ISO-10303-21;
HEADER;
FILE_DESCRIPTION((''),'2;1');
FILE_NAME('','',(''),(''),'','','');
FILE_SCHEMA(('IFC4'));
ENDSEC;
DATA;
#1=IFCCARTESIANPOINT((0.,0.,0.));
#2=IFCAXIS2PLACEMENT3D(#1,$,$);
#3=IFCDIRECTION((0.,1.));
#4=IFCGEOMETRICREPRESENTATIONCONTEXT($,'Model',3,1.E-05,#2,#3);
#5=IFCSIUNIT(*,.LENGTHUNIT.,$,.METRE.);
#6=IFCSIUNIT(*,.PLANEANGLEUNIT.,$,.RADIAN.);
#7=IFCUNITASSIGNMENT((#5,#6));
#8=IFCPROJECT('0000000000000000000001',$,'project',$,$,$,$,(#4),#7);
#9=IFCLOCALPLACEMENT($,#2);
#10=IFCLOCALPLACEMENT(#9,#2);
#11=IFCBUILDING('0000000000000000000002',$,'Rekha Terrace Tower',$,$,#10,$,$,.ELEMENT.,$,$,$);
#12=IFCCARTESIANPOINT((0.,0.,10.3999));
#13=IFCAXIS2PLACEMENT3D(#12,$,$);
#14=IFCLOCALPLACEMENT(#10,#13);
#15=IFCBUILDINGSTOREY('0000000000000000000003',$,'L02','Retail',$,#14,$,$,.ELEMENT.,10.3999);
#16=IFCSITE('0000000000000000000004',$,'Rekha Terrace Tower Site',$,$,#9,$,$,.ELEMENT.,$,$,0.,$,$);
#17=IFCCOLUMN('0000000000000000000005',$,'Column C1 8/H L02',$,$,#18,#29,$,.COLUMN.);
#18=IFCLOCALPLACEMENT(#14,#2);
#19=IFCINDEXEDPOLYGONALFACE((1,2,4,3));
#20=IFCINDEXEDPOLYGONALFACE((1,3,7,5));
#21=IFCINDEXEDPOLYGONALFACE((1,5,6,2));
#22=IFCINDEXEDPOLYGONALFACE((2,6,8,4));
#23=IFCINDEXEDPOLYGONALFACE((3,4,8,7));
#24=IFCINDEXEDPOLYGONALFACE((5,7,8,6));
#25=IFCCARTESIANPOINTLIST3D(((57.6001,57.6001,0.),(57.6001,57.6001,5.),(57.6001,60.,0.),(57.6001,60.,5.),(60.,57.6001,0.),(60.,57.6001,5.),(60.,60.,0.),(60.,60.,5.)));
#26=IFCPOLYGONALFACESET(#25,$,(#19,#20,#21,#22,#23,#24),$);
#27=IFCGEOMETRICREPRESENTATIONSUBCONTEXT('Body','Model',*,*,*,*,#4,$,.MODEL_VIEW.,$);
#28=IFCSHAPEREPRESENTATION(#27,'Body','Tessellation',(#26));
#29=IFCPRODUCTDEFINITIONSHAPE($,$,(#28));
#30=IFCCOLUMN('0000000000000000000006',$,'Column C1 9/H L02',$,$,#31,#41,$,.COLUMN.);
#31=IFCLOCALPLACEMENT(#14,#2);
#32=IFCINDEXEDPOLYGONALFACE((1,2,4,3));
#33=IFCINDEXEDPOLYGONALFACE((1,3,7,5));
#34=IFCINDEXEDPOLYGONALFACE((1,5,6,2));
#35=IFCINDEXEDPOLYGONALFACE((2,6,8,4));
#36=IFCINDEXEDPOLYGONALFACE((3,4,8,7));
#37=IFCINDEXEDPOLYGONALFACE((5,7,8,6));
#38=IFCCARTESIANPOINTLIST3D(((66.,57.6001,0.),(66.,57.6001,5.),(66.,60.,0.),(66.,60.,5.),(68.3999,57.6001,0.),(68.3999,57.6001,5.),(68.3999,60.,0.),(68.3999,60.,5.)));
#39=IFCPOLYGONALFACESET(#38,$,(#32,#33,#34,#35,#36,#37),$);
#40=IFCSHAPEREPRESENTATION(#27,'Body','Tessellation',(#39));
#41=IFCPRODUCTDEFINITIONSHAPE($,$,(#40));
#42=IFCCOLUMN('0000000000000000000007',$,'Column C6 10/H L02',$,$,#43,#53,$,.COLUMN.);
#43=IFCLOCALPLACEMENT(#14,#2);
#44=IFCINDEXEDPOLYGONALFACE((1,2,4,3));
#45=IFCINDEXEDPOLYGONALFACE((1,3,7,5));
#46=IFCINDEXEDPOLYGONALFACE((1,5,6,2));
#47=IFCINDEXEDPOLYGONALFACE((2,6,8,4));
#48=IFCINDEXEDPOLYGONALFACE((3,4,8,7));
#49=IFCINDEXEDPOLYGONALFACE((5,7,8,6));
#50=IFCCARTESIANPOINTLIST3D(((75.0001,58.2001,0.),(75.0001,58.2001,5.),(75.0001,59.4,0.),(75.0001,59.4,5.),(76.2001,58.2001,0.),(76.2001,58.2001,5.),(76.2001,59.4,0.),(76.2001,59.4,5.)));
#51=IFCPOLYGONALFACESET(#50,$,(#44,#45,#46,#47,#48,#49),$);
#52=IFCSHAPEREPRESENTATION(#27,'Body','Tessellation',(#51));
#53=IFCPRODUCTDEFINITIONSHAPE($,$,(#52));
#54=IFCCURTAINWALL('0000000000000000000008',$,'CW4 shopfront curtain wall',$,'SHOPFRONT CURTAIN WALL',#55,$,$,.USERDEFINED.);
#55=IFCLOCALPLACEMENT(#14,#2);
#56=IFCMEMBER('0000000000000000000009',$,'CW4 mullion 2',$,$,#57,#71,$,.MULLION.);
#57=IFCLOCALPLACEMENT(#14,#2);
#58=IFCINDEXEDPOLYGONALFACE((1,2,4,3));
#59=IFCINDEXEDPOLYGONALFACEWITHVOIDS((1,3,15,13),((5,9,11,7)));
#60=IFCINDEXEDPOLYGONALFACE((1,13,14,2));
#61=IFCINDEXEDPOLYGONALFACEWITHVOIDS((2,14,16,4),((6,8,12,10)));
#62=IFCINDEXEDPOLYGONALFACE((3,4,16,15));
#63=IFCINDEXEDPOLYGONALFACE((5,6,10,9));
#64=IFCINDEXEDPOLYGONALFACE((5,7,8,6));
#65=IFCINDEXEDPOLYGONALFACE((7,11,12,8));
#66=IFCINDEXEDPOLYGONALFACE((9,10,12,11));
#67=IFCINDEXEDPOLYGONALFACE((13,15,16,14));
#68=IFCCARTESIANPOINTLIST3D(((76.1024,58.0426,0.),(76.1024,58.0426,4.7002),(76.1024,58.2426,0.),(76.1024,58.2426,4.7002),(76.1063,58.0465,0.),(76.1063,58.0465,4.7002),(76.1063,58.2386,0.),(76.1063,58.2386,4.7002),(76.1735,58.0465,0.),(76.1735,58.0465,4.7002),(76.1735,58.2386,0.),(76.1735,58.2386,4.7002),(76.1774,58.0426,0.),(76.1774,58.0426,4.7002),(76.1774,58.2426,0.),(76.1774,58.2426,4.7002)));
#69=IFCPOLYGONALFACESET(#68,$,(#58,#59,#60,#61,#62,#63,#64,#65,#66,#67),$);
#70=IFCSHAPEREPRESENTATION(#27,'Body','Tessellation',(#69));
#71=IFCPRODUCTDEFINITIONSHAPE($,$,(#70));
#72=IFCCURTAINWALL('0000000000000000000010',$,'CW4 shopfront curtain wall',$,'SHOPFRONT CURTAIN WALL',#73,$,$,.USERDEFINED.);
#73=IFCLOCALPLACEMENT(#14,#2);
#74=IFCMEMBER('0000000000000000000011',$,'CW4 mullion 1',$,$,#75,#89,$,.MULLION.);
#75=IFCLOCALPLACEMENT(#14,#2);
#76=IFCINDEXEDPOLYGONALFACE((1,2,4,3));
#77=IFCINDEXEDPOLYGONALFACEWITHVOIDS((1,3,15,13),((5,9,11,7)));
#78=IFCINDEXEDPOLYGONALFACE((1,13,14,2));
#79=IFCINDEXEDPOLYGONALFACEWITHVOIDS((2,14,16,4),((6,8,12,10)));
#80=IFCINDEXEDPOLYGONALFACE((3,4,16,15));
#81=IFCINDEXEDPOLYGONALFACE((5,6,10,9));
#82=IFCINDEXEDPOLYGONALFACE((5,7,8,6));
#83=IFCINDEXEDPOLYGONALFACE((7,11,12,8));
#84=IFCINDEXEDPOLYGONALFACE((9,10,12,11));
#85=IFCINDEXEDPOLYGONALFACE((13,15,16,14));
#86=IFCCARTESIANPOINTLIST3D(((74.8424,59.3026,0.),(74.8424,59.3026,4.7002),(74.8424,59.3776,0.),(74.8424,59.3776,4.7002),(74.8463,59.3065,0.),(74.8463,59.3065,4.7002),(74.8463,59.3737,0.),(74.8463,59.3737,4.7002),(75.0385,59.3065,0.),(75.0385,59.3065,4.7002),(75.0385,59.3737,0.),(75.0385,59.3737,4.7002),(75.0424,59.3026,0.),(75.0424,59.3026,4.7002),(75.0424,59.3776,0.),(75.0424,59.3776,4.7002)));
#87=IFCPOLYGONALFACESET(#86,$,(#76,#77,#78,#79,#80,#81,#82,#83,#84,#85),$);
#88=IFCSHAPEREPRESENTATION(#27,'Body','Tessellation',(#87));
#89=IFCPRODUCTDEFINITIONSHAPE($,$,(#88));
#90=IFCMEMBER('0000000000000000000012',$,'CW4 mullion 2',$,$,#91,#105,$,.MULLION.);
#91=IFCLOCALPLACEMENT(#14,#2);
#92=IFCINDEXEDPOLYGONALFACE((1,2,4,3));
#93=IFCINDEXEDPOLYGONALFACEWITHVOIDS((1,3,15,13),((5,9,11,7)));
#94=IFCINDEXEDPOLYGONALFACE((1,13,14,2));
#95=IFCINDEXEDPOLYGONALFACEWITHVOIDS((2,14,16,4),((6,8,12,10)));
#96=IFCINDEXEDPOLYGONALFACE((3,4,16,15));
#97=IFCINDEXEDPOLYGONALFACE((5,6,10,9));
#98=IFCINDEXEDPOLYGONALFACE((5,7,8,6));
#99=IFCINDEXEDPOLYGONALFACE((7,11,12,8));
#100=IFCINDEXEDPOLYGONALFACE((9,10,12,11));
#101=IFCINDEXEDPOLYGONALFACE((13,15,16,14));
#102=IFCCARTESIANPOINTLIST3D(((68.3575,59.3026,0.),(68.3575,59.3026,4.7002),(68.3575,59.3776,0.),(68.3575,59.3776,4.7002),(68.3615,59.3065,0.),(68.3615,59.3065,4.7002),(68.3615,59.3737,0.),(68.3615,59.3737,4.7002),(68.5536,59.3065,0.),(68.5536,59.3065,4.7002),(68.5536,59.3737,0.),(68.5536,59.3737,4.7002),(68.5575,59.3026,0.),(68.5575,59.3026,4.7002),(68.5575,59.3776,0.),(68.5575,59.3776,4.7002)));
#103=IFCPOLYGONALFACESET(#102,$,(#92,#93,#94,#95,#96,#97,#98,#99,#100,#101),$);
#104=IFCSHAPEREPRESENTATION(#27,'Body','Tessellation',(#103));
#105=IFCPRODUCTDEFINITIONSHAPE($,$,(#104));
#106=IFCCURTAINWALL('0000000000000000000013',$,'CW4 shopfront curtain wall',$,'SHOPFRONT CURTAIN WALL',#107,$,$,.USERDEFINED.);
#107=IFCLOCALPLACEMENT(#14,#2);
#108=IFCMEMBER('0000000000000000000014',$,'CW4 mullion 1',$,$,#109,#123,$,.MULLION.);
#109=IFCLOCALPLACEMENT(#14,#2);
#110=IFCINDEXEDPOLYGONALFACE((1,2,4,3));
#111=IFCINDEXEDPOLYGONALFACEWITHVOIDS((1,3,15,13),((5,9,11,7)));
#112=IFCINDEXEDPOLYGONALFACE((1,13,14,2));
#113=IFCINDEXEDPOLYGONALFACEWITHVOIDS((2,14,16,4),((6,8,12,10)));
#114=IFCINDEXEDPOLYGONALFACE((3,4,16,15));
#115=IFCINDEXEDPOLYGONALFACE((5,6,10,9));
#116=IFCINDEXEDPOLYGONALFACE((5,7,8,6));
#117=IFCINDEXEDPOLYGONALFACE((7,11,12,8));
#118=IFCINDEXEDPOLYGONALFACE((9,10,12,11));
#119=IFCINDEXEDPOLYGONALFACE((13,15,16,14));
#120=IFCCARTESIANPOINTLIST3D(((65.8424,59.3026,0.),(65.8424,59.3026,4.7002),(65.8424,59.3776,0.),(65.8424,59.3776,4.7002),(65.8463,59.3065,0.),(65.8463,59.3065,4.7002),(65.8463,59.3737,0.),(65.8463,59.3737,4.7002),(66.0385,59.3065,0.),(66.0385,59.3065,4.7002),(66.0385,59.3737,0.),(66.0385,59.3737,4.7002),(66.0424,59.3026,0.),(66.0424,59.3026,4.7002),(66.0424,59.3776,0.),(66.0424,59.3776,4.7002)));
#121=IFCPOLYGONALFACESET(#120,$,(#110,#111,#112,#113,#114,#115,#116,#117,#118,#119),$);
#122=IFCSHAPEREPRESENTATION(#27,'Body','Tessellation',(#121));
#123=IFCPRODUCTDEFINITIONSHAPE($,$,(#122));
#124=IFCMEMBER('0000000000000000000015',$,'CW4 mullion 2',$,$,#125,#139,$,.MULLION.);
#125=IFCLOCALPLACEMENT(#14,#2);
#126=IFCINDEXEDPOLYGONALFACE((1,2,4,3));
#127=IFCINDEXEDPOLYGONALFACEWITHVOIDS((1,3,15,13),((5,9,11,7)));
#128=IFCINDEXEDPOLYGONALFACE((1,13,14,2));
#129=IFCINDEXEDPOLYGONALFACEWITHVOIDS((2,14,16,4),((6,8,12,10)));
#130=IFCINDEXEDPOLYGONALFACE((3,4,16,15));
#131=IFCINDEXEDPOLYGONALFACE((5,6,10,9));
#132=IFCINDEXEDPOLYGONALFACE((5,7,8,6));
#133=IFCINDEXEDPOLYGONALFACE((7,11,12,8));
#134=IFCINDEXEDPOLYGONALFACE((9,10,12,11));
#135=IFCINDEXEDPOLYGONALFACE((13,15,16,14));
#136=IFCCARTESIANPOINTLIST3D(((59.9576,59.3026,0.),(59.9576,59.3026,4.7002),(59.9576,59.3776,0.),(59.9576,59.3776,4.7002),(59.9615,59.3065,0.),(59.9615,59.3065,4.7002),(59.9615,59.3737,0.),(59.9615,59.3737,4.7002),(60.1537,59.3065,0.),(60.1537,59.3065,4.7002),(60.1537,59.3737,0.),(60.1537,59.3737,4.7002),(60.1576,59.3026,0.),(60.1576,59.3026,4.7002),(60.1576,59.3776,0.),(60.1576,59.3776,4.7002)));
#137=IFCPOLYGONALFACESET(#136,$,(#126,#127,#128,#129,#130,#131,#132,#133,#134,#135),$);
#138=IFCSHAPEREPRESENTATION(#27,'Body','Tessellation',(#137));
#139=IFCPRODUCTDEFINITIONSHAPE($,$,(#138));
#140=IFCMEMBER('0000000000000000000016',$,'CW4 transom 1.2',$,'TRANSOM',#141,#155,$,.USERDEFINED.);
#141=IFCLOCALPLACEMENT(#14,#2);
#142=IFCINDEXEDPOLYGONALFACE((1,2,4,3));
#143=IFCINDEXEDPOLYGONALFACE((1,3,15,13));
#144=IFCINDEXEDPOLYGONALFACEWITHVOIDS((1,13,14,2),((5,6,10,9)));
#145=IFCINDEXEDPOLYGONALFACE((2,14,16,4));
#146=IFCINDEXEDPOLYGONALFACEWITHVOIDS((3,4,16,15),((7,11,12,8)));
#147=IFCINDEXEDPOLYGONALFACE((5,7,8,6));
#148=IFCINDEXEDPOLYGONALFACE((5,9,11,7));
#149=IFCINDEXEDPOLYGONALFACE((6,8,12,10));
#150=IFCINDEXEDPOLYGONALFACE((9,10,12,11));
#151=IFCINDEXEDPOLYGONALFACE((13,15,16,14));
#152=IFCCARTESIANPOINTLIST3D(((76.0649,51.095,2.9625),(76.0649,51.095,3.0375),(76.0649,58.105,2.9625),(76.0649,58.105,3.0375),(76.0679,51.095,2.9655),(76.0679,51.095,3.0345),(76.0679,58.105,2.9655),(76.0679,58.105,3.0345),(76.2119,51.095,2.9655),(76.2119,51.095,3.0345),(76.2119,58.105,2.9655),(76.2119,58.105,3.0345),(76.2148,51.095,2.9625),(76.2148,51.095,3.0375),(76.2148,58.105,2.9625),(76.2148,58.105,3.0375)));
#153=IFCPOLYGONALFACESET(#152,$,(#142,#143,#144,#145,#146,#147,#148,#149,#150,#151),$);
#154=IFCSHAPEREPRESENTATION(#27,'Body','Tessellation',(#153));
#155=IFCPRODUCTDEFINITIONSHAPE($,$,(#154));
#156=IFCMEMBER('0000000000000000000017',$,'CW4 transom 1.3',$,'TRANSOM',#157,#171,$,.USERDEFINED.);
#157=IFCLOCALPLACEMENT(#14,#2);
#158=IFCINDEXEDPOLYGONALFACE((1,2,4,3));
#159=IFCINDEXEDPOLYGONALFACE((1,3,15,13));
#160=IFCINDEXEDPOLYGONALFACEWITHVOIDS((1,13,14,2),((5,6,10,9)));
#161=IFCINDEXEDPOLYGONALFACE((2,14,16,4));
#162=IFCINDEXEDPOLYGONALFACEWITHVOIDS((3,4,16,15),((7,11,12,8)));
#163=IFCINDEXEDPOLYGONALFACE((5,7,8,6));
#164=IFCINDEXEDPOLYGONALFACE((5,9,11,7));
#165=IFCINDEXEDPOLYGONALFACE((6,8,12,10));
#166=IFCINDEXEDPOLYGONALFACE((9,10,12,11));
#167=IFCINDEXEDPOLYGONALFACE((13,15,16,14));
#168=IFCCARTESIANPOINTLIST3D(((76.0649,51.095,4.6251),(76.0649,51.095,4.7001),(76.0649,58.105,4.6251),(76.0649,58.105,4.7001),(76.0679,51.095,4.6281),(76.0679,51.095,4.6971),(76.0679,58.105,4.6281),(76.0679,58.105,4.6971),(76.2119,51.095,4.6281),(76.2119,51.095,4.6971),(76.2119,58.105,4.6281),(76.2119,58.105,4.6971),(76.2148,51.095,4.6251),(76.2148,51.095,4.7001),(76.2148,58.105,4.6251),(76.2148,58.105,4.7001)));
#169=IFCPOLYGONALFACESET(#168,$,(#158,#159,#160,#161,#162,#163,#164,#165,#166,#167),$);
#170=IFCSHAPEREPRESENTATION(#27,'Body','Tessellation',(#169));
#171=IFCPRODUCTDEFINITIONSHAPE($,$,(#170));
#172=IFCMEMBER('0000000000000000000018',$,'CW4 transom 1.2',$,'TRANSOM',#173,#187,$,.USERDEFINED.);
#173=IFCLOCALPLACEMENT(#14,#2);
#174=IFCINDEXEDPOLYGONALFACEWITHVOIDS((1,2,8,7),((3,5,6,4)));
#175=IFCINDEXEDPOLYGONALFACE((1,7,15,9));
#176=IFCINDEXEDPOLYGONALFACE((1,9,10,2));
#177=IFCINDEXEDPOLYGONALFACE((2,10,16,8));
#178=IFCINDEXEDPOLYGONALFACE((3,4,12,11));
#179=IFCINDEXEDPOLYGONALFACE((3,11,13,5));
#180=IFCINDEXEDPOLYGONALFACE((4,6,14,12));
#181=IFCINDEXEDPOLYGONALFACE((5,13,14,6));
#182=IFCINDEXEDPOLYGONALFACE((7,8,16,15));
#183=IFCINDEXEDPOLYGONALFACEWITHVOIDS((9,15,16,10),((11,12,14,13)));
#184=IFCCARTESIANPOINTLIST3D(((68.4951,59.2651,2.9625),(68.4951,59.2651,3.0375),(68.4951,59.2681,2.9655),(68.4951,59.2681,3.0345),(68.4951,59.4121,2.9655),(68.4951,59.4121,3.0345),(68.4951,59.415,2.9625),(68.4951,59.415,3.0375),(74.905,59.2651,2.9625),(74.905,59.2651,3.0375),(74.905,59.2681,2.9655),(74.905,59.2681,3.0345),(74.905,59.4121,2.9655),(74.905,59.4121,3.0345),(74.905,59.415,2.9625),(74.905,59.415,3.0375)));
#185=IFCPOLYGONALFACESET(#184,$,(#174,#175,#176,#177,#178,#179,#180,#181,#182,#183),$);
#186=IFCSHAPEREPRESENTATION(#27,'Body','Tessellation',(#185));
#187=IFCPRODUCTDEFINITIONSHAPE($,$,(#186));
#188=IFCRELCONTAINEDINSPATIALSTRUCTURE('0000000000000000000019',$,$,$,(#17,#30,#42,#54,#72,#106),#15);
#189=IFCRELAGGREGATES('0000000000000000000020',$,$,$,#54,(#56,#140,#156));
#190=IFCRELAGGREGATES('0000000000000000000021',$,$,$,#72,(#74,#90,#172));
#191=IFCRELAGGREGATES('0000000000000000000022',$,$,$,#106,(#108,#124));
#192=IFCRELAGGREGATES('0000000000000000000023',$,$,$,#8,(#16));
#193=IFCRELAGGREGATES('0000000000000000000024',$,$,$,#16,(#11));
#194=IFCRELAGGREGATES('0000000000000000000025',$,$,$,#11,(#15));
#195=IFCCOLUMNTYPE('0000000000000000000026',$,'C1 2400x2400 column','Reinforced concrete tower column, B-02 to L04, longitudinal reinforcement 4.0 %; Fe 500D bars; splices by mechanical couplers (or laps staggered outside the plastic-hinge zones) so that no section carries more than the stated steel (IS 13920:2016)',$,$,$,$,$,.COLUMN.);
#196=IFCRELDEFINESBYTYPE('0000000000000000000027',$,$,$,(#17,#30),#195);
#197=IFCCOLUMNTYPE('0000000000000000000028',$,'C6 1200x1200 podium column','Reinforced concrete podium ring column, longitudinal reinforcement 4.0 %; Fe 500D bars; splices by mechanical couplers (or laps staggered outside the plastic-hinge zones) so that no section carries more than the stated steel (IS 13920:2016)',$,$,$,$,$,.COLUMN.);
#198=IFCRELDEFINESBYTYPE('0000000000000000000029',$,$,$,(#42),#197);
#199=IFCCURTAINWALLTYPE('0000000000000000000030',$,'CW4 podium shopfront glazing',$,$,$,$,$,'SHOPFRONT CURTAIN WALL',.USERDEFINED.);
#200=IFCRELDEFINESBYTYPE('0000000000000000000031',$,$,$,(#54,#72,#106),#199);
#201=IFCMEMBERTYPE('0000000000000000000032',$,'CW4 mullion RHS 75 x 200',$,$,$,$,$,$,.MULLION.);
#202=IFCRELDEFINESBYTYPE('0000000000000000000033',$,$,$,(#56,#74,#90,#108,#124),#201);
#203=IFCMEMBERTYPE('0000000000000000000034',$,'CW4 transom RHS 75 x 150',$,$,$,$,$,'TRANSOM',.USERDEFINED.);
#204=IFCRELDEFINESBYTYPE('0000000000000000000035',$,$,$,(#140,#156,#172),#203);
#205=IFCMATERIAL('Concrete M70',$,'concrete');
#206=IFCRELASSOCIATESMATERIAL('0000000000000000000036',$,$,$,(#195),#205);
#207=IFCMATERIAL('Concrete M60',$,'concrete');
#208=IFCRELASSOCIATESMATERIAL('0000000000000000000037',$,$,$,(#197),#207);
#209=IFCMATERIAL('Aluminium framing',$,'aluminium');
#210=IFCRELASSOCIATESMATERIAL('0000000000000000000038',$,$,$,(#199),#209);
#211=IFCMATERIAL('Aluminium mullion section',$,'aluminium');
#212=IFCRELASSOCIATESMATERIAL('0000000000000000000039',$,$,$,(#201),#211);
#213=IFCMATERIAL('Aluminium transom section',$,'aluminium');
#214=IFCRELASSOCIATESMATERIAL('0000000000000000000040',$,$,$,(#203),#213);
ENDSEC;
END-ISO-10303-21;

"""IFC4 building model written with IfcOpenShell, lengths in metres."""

from ifc_helpers import new_model, si_unit, direction, frame, origin, origin_2d, place, context, subcontext, project, spatial, rectangle, hollow_rectangle, extrude, material, material_profile, profile_set, type_object, element, aggregate, save


model = new_model("IFC4")

# Units and contexts
model_context = context("Model", 3, precision=1e-05, world=origin(), true_north=direction((0.0, 1.0)))
body_context = subcontext(model_context, "Body", "Model", "MODEL_VIEW")
ifc_project = project(units=[si_unit("LENGTHUNIT", "METRE"), si_unit("PLANEANGLEUNIT", "RADIAN")], contexts=[model_context])

# Site, building, storey
site_placement = place(None, origin())
site = spatial("IfcSite", under=ifc_project, at=site_placement, Name="Rekha Terrace Tower Site", CompositionType="ELEMENT", RefElevation=0.0)
building_placement = place(site_placement, origin())
building = spatial("IfcBuilding", under=site, at=building_placement, Name="Rekha Terrace Tower", CompositionType="ELEMENT")
storey_placement = place(building_placement, frame((0.0, 0.0, 10.3999)))
storey = spatial("IfcBuildingStorey", under=building, at=storey_placement, Name="L02", Description="Retail", CompositionType="ELEMENT", Elevation=10.3999)

# Columns
ifc_material_1 = material(Name="Concrete M70", Category="concrete")
ifc_material_profile_1 = material_profile(ifc_material_1, rectangle(XDim=2.3999, YDim=2.3999, at=origin_2d()), Name="RC 2400x2400")
ifc_profile_set_1 = profile_set([ifc_material_profile_1], Name="Concrete M70")
column_type_1 = type_object("IfcColumnType", Name="C1 2400x2400 column", Description="Reinforced concrete tower column, B-02 to L04, longitudinal reinforcement 4.0 %; Fe 500D bars; splices by mechanical couplers (or laps staggered outside the plastic-hinge zones) so that no section carries more than the stated steel (IS 13920:2016)", PredefinedType="COLUMN", material=ifc_profile_set_1)
for number, where, z_axis, x_axis, name in (
    (1, (58.8, 58.8, 0.0), (0.0, 0.0, 1.0), (1.0, 0.0, 0.0), "Column C1 8/H L02"),
    (2, (67.2, 58.8, 0.0), (0.0, 0.0, 1.0), (1.0, 0.0, 0.0), "Column C1 9/H L02"),
):
    element("IfcColumn", number, at=place(storey_placement, frame(where, z_axis=z_axis, x_axis=x_axis)), inside=storey, type_object=column_type_1, Name=name, PredefinedType="COLUMN", context=body_context, shape_type="SweptSolid", body=[
        extrude(rectangle(XDim=2.3999, YDim=2.3999, at=origin_2d()), origin(), (0.0, 0.0, 1.0), 5.0),
    ])
ifc_material_2 = material(Name="Concrete M60", Category="concrete")
ifc_material_profile_2 = material_profile(ifc_material_2, rectangle(XDim=1.2, YDim=1.2, at=origin_2d()), Name="RC 1200x1200")
ifc_profile_set_2 = profile_set([ifc_material_profile_2], Name="Concrete M60")
column_type_2 = type_object("IfcColumnType", Name="C6 1200x1200 podium column", Description="Reinforced concrete podium ring column, longitudinal reinforcement 4.0 %; Fe 500D bars; splices by mechanical couplers (or laps staggered outside the plastic-hinge zones) so that no section carries more than the stated steel (IS 13920:2016)", PredefinedType="COLUMN", material=ifc_profile_set_2)
column_placement = place(storey_placement, frame((75.6001, 58.8, 0.0), z_axis=(0.0, 0.0, 1.0), x_axis=(1.0, 0.0, 0.0)))
element("IfcColumn", 3, at=column_placement, inside=storey, type_object=column_type_2, Name="Column C6 10/H L02", PredefinedType="COLUMN", context=body_context, shape_type="SweptSolid", body=[
    extrude(rectangle(XDim=1.2, YDim=1.2, at=origin_2d()), origin(), (0.0, 0.0, 1.0), 5.0),
])

# Curtain wall, member
ifc_material_3 = material(Name="Aluminium framing", Category="aluminium")
curtain_wall_type = type_object("IfcCurtainWallType", Name="CW4 podium shopfront glazing", ElementType="SHOPFRONT CURTAIN WALL", PredefinedType="USERDEFINED", material=ifc_material_3)
curtain_wall_1_placement = place(storey_placement, origin())
curtain_wall_1 = element("IfcCurtainWall", 4, at=curtain_wall_1_placement, inside=storey, type_object=curtain_wall_type, Name="CW4 shopfront curtain wall", ObjectType="SHOPFRONT CURTAIN WALL", PredefinedType="USERDEFINED")
ifc_material_4 = material(Name="Aluminium mullion section", Category="aluminium")
ifc_material_profile_3 = material_profile(ifc_material_4, hollow_rectangle(XDim=0.075, YDim=0.2, WallThickness=0.0039, at=origin_2d()), Name="AL RHS 75x200")
ifc_profile_set_3 = profile_set([ifc_material_profile_3], Name="Aluminium mullion section")
member_type_1 = type_object("IfcMemberType", Name="CW4 mullion RHS 75 x 200", PredefinedType="MULLION", material=ifc_profile_set_3)
member_1_placement = place(storey_placement, frame((76.1399, 58.1426, 0.0), z_axis=(0.0, 0.0, 1.0), x_axis=(-1.0, 0.0, 0.0)))
member_1 = element("IfcMember", 5, at=member_1_placement, type_object=member_type_1, Name="CW4 mullion 2", PredefinedType="MULLION", context=body_context, shape_type="SweptSolid", body=[
    extrude(hollow_rectangle(XDim=0.075, YDim=0.2, WallThickness=0.0039, at=origin_2d()), origin(), (0.0, 0.0, 1.0), 4.7002),
])

# Curtain walls, members
curtain_wall_2_placement = place(storey_placement, origin())
curtain_wall_2 = element("IfcCurtainWall", 6, at=curtain_wall_2_placement, inside=storey, type_object=curtain_wall_type, Name="CW4 shopfront curtain wall", ObjectType="SHOPFRONT CURTAIN WALL", PredefinedType="USERDEFINED")
member_2_placement = place(storey_placement, frame((74.9424, 59.3401, 0.0), z_axis=(0.0, 0.0, 1.0), x_axis=(0.0, -1.0, 0.0)))
member_2 = element("IfcMember", 7, at=member_2_placement, type_object=member_type_1, Name="CW4 mullion 1", PredefinedType="MULLION", context=body_context, shape_type="SweptSolid", body=[
    extrude(hollow_rectangle(XDim=0.075, YDim=0.2, WallThickness=0.0039, at=origin_2d()), origin(), (0.0, 0.0, 1.0), 4.7002),
])
member_3_placement = place(storey_placement, frame((68.4575, 59.3401, 0.0), z_axis=(0.0, 0.0, 1.0), x_axis=(0.0, -1.0, 0.0)))
member_3 = element("IfcMember", 8, at=member_3_placement, type_object=member_type_1, Name="CW4 mullion 2", PredefinedType="MULLION", context=body_context, shape_type="SweptSolid", body=[
    extrude(hollow_rectangle(XDim=0.075, YDim=0.2, WallThickness=0.0039, at=origin_2d()), origin(), (0.0, 0.0, 1.0), 4.7002),
])
curtain_wall_3_placement = place(storey_placement, origin())
curtain_wall_3 = element("IfcCurtainWall", 9, at=curtain_wall_3_placement, inside=storey, type_object=curtain_wall_type, Name="CW4 shopfront curtain wall", ObjectType="SHOPFRONT CURTAIN WALL", PredefinedType="USERDEFINED")
member_4_placement = place(storey_placement, frame((65.9424, 59.3401, 0.0), z_axis=(0.0, 0.0, 1.0), x_axis=(0.0, -1.0, 0.0)))
member_4 = element("IfcMember", 10, at=member_4_placement, type_object=member_type_1, Name="CW4 mullion 1", PredefinedType="MULLION", context=body_context, shape_type="SweptSolid", body=[
    extrude(hollow_rectangle(XDim=0.075, YDim=0.2, WallThickness=0.0039, at=origin_2d()), origin(), (0.0, 0.0, 1.0), 4.7002),
])
member_5_placement = place(storey_placement, frame((60.0576, 59.3401, 0.0), z_axis=(0.0, 0.0, 1.0), x_axis=(0.0, -1.0, 0.0)))
member_5 = element("IfcMember", 11, at=member_5_placement, type_object=member_type_1, Name="CW4 mullion 2", PredefinedType="MULLION", context=body_context, shape_type="SweptSolid", body=[
    extrude(hollow_rectangle(XDim=0.075, YDim=0.2, WallThickness=0.0039, at=origin_2d()), origin(), (0.0, 0.0, 1.0), 4.7002),
])

# Members
ifc_material_5 = material(Name="Aluminium transom section", Category="aluminium")
ifc_material_profile_4 = material_profile(ifc_material_5, hollow_rectangle(XDim=0.1499, YDim=0.075, WallThickness=0.0029, at=origin_2d()), Name="AL RHS 150x75")
ifc_profile_set_4 = profile_set([ifc_material_profile_4], Name="Aluminium transom section")
member_type_2 = type_object("IfcMemberType", Name="CW4 transom RHS 75 x 150", ElementType="TRANSOM", PredefinedType="USERDEFINED", material=ifc_profile_set_4)
member_6_placement = place(storey_placement, frame((76.1399, 51.095, 3.0), z_axis=(0.0, 1.0, 0.0), x_axis=(-1.0, 0.0, 0.0)))
member_6 = element("IfcMember", 12, at=member_6_placement, type_object=member_type_2, Name="CW4 transom 1.2", ObjectType="TRANSOM", PredefinedType="USERDEFINED", context=body_context, shape_type="SweptSolid", body=[
    extrude(hollow_rectangle(XDim=0.1499, YDim=0.075, WallThickness=0.0029, at=origin_2d()), origin(), (0.0, 0.0, 1.0), 7.01),
])
member_7_placement = place(storey_placement, frame((76.1399, 51.095, 4.6626), z_axis=(0.0, 1.0, 0.0), x_axis=(-1.0, 0.0, 0.0)))
member_7 = element("IfcMember", 13, at=member_7_placement, type_object=member_type_2, Name="CW4 transom 1.3", ObjectType="TRANSOM", PredefinedType="USERDEFINED", context=body_context, shape_type="SweptSolid", body=[
    extrude(hollow_rectangle(XDim=0.1499, YDim=0.075, WallThickness=0.0029, at=origin_2d()), origin(), (0.0, 0.0, 1.0), 7.01),
])
member_8_placement = place(storey_placement, frame((74.905, 59.3401, 3.0), z_axis=(-1.0, 0.0, 0.0), x_axis=(0.0, -1.0, 0.0)))
member_8 = element("IfcMember", 14, at=member_8_placement, type_object=member_type_2, Name="CW4 transom 1.2", ObjectType="TRANSOM", PredefinedType="USERDEFINED", context=body_context, shape_type="SweptSolid", body=[
    extrude(hollow_rectangle(XDim=0.1499, YDim=0.075, WallThickness=0.0029, at=origin_2d()), origin(), (0.0, 0.0, 1.0), 6.4099),
])

aggregate(curtain_wall_1, [member_1, member_6, member_7])
aggregate(curtain_wall_2, [member_2, member_3, member_8])
aggregate(curtain_wall_3, [member_4, member_5])

save(model, "model.ifc")
